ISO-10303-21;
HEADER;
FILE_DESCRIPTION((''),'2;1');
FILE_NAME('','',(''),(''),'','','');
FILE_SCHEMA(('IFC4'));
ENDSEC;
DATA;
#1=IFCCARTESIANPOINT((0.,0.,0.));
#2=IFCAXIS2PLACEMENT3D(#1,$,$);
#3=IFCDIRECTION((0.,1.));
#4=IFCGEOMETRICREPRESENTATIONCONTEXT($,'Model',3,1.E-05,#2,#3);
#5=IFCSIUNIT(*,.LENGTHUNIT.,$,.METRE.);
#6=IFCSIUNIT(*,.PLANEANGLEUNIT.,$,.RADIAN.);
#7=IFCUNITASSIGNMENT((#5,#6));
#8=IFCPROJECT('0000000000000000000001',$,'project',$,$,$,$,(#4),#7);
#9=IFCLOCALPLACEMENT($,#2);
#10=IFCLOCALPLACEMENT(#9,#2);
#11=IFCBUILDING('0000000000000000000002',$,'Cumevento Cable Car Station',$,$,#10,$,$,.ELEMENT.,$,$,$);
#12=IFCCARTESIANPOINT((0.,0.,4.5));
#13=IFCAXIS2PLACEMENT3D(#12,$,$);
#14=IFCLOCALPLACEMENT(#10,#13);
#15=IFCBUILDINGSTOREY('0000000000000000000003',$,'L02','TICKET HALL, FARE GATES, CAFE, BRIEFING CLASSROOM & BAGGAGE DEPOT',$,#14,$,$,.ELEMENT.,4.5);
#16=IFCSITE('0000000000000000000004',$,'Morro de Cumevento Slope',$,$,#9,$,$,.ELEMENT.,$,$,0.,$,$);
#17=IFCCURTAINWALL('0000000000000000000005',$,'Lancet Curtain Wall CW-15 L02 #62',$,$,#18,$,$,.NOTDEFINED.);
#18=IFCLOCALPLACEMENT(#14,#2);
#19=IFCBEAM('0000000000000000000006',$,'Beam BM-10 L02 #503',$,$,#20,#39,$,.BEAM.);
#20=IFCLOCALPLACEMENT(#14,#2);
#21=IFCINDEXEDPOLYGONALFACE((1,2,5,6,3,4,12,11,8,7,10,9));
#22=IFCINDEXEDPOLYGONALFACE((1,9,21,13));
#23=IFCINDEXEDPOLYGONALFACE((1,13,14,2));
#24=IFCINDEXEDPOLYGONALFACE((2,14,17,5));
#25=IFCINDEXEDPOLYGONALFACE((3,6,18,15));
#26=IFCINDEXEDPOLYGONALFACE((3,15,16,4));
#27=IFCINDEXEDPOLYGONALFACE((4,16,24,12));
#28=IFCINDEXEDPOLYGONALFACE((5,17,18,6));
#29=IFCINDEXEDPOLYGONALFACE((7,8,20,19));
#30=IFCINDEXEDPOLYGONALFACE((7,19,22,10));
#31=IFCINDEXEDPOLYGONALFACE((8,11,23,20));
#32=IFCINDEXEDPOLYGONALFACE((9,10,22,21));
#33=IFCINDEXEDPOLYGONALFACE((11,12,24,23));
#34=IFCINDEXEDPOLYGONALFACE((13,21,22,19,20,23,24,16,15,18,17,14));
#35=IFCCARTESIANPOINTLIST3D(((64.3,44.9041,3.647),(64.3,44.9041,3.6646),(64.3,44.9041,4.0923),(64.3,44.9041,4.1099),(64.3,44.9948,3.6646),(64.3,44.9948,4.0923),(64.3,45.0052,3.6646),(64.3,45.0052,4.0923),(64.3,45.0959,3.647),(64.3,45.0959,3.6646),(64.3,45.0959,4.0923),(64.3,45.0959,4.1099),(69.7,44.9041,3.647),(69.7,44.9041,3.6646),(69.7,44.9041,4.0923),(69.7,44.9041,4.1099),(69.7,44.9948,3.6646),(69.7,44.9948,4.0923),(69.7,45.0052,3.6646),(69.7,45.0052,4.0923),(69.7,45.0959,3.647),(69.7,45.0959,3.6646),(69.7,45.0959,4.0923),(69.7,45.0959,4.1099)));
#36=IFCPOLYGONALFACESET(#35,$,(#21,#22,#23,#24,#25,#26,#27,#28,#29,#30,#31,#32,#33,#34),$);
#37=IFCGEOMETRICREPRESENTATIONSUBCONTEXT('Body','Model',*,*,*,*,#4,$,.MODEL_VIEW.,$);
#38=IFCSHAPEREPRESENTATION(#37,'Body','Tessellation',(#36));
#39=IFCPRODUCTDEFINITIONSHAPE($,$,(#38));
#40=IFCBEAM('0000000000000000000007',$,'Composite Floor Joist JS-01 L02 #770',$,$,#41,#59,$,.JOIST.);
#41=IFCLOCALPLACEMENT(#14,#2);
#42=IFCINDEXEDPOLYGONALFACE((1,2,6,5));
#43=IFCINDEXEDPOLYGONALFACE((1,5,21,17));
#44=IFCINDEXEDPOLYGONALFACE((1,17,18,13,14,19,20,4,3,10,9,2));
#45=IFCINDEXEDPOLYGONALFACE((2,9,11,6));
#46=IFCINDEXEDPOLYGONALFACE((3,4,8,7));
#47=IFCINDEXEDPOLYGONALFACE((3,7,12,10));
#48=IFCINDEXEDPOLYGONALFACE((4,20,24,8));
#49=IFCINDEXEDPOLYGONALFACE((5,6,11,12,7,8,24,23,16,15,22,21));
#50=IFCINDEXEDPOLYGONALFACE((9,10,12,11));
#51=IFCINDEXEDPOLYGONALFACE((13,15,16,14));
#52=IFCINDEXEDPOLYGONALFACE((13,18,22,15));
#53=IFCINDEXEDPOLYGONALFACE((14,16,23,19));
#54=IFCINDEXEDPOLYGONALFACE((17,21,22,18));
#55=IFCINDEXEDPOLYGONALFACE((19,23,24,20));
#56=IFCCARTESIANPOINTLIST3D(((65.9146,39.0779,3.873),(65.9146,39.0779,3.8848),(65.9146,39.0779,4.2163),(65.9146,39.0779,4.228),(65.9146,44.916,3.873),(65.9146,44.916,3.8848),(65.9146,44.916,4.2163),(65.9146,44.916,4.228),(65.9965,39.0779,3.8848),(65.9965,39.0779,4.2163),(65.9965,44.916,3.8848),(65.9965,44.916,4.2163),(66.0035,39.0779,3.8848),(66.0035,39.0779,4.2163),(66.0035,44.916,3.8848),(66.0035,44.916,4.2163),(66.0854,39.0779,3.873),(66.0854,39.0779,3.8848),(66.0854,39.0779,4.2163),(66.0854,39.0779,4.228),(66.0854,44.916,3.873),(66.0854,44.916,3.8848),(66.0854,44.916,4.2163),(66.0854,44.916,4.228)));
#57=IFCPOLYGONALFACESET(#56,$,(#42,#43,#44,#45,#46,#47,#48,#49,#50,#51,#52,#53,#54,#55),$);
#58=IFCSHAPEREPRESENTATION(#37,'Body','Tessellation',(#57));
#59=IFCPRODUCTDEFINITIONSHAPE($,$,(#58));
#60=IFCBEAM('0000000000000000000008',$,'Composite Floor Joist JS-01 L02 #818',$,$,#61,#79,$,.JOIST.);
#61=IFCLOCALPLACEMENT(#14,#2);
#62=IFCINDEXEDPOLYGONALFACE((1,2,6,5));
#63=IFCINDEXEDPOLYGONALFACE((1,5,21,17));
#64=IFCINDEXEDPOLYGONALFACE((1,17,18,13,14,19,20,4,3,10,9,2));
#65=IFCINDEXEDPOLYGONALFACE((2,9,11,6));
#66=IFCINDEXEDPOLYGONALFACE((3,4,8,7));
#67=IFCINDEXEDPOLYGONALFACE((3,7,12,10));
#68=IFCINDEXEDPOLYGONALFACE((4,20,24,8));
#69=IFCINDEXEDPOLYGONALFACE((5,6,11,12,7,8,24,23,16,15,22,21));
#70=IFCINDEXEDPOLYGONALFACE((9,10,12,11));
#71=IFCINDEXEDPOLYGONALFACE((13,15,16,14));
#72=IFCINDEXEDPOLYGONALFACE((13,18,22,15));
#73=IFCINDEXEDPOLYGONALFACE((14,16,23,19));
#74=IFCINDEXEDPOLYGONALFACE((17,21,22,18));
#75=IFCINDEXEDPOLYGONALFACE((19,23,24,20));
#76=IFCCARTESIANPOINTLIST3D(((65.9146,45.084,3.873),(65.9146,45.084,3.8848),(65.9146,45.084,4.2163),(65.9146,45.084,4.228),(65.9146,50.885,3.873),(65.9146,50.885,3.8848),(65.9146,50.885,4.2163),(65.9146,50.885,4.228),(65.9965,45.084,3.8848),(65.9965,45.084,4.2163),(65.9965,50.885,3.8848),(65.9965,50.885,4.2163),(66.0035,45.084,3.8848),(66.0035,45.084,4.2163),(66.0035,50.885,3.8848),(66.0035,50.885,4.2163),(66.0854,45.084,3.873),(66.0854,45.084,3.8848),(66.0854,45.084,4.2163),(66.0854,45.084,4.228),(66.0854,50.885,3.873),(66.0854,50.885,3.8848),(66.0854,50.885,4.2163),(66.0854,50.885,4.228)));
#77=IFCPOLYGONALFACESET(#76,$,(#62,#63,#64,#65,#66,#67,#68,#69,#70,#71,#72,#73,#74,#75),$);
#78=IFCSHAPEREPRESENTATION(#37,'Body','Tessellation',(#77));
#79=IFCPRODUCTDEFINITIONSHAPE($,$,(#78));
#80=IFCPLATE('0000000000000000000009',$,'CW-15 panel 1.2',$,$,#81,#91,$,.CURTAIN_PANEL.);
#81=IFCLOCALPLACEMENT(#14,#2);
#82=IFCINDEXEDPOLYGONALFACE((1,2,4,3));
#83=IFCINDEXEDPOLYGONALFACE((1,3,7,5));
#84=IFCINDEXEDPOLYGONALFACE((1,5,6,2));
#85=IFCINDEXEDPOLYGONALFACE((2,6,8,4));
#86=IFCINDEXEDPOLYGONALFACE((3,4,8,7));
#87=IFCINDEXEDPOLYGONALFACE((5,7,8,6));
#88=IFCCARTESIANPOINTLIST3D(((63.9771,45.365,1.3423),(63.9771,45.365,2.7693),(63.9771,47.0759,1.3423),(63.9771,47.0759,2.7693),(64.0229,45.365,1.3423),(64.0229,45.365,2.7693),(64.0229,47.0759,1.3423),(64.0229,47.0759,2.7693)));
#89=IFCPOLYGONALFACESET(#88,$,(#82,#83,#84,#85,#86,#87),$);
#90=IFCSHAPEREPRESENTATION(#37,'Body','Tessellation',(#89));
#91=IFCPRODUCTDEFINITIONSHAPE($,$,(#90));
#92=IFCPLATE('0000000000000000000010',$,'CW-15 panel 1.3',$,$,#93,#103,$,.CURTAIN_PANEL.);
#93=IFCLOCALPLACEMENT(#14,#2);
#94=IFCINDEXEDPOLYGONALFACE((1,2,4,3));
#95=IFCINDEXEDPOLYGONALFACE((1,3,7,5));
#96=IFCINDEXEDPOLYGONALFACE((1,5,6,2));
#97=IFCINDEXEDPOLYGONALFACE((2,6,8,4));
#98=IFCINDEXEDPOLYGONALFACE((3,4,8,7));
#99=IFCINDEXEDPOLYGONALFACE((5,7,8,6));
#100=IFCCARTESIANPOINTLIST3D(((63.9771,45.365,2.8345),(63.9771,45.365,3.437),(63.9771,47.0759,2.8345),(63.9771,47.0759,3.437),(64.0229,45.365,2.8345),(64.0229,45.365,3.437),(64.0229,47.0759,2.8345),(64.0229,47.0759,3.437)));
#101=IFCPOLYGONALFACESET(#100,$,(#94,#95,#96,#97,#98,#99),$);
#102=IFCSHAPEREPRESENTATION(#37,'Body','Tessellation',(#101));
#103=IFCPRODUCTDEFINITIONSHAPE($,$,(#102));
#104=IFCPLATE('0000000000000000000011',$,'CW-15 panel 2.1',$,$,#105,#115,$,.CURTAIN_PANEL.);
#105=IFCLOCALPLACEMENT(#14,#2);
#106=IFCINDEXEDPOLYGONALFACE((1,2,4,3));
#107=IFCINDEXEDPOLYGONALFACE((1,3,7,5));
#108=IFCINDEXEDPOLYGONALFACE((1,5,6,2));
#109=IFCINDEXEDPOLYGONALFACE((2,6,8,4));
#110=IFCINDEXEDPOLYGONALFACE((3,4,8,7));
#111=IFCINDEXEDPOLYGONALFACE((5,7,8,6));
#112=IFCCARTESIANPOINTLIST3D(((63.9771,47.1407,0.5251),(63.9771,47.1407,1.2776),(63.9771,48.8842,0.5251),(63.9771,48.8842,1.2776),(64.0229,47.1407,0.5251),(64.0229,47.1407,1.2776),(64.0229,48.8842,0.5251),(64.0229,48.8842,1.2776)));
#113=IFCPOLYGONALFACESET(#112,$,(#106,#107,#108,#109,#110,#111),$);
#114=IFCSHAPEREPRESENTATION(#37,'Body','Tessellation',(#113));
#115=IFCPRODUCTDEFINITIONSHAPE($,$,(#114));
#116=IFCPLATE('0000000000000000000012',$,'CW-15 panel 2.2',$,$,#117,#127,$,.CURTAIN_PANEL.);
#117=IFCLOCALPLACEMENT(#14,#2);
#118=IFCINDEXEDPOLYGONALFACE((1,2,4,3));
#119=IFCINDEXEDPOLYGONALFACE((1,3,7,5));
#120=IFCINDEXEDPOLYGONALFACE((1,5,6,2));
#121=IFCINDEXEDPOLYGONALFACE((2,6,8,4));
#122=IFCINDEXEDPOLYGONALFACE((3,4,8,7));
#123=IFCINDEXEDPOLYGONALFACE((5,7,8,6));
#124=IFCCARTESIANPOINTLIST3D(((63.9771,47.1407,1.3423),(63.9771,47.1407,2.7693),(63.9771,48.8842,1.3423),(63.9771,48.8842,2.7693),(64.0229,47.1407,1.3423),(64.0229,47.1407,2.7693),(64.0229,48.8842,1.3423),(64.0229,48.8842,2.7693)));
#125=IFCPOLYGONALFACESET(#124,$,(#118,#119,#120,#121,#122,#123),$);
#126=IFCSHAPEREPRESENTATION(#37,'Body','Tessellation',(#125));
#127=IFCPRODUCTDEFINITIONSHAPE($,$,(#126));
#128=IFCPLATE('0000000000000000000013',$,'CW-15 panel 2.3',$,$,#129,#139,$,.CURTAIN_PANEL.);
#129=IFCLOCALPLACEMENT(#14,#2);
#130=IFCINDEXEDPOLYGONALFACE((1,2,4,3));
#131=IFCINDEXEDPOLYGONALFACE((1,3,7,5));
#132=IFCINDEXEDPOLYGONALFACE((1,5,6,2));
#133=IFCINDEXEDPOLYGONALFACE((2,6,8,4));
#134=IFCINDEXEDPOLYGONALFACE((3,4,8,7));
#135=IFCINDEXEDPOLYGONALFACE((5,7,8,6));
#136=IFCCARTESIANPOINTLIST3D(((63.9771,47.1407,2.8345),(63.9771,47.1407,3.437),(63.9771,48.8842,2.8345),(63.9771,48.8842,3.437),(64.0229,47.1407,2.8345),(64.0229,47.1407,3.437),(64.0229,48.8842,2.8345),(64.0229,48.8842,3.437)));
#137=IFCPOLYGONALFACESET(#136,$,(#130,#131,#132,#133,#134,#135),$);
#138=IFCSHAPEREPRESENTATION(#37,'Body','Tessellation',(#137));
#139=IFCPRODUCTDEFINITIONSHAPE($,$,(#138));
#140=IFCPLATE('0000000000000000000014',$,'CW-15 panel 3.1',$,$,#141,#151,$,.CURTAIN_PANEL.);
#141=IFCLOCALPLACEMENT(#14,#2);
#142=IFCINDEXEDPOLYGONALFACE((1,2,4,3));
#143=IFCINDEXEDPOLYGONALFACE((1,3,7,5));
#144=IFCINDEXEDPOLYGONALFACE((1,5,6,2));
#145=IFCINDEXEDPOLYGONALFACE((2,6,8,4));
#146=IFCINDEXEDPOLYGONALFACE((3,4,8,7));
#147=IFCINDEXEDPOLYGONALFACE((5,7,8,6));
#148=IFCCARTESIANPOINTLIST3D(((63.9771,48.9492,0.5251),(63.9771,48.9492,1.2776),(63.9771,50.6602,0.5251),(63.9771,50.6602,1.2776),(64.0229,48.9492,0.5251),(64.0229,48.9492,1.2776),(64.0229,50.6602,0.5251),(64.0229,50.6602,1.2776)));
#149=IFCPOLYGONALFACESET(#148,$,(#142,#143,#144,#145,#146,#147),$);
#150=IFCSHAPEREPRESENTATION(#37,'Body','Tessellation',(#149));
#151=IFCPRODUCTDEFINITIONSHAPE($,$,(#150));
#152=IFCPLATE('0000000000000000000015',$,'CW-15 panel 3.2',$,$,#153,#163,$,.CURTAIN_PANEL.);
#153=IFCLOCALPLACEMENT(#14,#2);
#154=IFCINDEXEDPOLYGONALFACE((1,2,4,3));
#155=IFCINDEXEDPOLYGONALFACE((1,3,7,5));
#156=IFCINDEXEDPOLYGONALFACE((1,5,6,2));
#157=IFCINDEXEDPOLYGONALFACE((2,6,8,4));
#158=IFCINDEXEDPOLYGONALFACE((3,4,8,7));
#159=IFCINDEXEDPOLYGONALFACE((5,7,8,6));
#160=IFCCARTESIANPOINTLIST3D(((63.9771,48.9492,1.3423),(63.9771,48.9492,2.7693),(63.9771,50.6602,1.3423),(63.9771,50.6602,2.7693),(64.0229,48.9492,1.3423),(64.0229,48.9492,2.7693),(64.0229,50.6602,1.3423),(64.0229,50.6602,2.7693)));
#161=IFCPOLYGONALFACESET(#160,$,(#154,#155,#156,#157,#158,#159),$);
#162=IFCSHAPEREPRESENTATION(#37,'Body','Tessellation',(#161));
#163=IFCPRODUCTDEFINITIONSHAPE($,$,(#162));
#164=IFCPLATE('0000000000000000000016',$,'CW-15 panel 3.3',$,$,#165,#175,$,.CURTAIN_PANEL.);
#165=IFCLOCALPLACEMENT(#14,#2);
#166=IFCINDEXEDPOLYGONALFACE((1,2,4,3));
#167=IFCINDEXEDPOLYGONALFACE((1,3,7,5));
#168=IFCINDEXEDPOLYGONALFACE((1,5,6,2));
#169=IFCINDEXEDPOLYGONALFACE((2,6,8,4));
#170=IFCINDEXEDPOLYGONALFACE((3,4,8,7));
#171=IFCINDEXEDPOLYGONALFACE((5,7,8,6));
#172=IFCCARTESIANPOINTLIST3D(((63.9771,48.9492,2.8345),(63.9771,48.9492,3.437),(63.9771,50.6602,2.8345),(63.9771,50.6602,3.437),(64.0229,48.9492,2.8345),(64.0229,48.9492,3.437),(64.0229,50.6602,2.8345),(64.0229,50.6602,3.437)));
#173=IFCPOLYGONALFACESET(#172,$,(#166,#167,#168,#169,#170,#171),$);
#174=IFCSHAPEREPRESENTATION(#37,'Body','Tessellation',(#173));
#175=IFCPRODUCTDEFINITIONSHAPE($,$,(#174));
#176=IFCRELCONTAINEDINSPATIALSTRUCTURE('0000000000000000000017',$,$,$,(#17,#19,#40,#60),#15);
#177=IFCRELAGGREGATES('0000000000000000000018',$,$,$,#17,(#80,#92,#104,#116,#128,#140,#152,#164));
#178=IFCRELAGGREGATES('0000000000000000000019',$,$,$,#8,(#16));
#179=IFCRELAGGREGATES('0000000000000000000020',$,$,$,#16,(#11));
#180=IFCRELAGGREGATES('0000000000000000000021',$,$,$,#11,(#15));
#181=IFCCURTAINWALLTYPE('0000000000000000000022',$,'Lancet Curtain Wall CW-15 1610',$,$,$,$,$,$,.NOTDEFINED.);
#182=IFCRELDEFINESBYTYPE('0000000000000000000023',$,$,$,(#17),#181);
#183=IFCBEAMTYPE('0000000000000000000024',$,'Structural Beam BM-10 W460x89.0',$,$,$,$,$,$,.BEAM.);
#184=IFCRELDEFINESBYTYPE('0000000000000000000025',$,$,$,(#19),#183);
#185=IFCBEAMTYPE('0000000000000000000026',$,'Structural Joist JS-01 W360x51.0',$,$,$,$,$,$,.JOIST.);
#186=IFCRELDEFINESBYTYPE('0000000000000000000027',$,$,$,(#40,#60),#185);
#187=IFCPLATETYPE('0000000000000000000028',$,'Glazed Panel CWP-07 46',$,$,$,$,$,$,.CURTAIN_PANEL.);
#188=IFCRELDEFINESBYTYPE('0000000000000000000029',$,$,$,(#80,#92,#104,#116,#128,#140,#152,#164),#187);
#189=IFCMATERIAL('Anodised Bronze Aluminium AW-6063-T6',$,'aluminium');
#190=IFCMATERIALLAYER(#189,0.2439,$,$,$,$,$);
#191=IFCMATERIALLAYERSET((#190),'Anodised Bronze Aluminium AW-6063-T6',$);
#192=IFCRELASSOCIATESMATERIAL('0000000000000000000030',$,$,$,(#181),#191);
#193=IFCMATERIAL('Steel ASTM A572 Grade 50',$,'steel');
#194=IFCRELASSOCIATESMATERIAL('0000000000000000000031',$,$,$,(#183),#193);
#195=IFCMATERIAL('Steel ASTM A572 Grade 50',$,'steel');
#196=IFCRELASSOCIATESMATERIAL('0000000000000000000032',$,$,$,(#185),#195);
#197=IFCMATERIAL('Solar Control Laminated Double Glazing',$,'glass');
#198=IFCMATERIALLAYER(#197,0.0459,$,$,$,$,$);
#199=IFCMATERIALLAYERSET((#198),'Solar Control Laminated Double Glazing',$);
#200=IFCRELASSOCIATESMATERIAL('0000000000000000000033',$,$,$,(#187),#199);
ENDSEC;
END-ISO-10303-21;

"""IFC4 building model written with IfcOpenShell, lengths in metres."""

from ifc_helpers import new_model, si_unit, direction, frame, origin, origin_2d, place, context, subcontext, project, spatial, rectangle, i_section, extrude, material, layer, layer_set, material_profile, profile_set, type_object, element, aggregate, save


model = new_model("IFC4")

# Units and contexts
model_context = context("Model", 3, precision=1e-05, world=origin(), true_north=direction((0.0, 1.0)))
body_context = subcontext(model_context, "Body", "Model", "MODEL_VIEW")
ifc_project = project(units=[si_unit("LENGTHUNIT", "METRE"), si_unit("PLANEANGLEUNIT", "RADIAN")], contexts=[model_context])

# Site, building, storey
site_placement = place(None, origin())
site = spatial("IfcSite", under=ifc_project, at=site_placement, Name="Morro de Cumevento Slope", CompositionType="ELEMENT", RefElevation=0.0)
building_placement = place(site_placement, origin())
building = spatial("IfcBuilding", under=site, at=building_placement, Name="Cumevento Cable Car Station", CompositionType="ELEMENT")
storey_placement = place(building_placement, frame((0.0, 0.0, 4.5)))
storey = spatial("IfcBuildingStorey", under=building, at=storey_placement, Name="L02", Description="TICKET HALL, FARE GATES, CAFE, BRIEFING CLASSROOM & BAGGAGE DEPOT", CompositionType="ELEMENT", Elevation=4.5)

# Curtain wall
ifc_material_1 = material(Name="Anodised Bronze Aluminium AW-6063-T6", Category="aluminium")
ifc_layer_1 = layer(ifc_material_1, 0.2439)
ifc_layer_set_1 = layer_set([ifc_layer_1], Name="Anodised Bronze Aluminium AW-6063-T6")
curtain_wall_type = type_object("IfcCurtainWallType", Name="Lancet Curtain Wall CW-15 1610", PredefinedType="NOTDEFINED", material=ifc_layer_set_1)
curtain_wall_placement = place(storey_placement, origin())
curtain_wall = element("IfcCurtainWall", 1, at=curtain_wall_placement, inside=storey, type_object=curtain_wall_type, Name="Lancet Curtain Wall CW-15 L02 #62", PredefinedType="NOTDEFINED")

# Beams
ifc_material_2 = material(Name="Steel ASTM A572 Grade 50", Category="steel")
ifc_material_profile_1 = material_profile(ifc_material_2, i_section(OverallWidth=0.1919, OverallDepth=0.4629, WebThickness=0.0105, FlangeThickness=0.0176, at=origin_2d()), Name="W460x89.0")
ifc_profile_set_1 = profile_set([ifc_material_profile_1], Name="Steel ASTM A572 Grade 50")
beam_type_1 = type_object("IfcBeamType", Name="Structural Beam BM-10 W460x89.0", PredefinedType="BEAM", material=ifc_profile_set_1)
beam_1_placement = place(storey_placement, frame((64.3, 45.0, 3.8784), z_axis=(1.0, 0.0, 0.0), x_axis=(0.0, 1.0, 0.0)))
element("IfcBeam", 2, at=beam_1_placement, inside=storey, type_object=beam_type_1, Name="Beam BM-10 L02 #503", PredefinedType="BEAM", context=body_context, shape_type="SweptSolid", body=[
    extrude(i_section(OverallWidth=0.1919, OverallDepth=0.4629, WebThickness=0.0105, FlangeThickness=0.0176, at=origin_2d()), origin(), (0.0, 0.0, 1.0), 5.3999),
])
ifc_material_3 = material(Name="Steel ASTM A572 Grade 50", Category="steel")
ifc_material_profile_2 = material_profile(ifc_material_3, i_section(OverallWidth=0.1709, OverallDepth=0.355, WebThickness=0.0071, FlangeThickness=0.0117, at=origin_2d()), Name="W360x51.0")
ifc_profile_set_2 = profile_set([ifc_material_profile_2], Name="Steel ASTM A572 Grade 50")
beam_type_2 = type_object("IfcBeamType", Name="Structural Joist JS-01 W360x51.0", PredefinedType="JOIST", material=ifc_profile_set_2)
beam_2_placement = place(storey_placement, frame((66.0, 39.0779, 4.0505), z_axis=(0.0, 1.0, 0.0), x_axis=(-1.0, 0.0, 0.0)))
element("IfcBeam", 3, at=beam_2_placement, inside=storey, type_object=beam_type_2, Name="Composite Floor Joist JS-01 L02 #770", PredefinedType="JOIST", context=body_context, shape_type="SweptSolid", body=[
    extrude(i_section(OverallWidth=0.1709, OverallDepth=0.355, WebThickness=0.0071, FlangeThickness=0.0117, at=origin_2d()), origin(), (0.0, 0.0, 1.0), 5.8381),
])
beam_3_placement = place(storey_placement, frame((66.0, 45.084, 4.0505), z_axis=(0.0, 1.0, 0.0), x_axis=(-1.0, 0.0, 0.0)))
element("IfcBeam", 4, at=beam_3_placement, inside=storey, type_object=beam_type_2, Name="Composite Floor Joist JS-01 L02 #818", PredefinedType="JOIST", context=body_context, shape_type="SweptSolid", body=[
    extrude(i_section(OverallWidth=0.1709, OverallDepth=0.355, WebThickness=0.0071, FlangeThickness=0.0117, at=origin_2d()), origin(), (0.0, 0.0, 1.0), 5.801),
])

# Plates
ifc_material_4 = material(Name="Solar Control Laminated Double Glazing", Category="glass")
ifc_layer_2 = layer(ifc_material_4, 0.0459)
ifc_layer_set_2 = layer_set([ifc_layer_2], Name="Solar Control Laminated Double Glazing")
plate_type = type_object("IfcPlateType", Name="Glazed Panel CWP-07 46", PredefinedType="CURTAIN_PANEL", material=ifc_layer_set_2)
plate_1_placement = place(storey_placement, frame((64.0, 46.2205, 1.3423), z_axis=(0.0, 0.0, 1.0), x_axis=(0.0, 1.0, 0.0)))
plate_1 = element("IfcPlate", 5, at=plate_1_placement, type_object=plate_type, Name="CW-15 panel 1.2", PredefinedType="CURTAIN_PANEL", context=body_context, shape_type="SweptSolid", body=[
    extrude(rectangle(XDim=1.7109, YDim=0.0459, at=origin_2d()), origin(), (0.0, 0.0, 1.0), 1.427),
])
plate_2_placement = place(storey_placement, frame((64.0, 46.2205, 2.8345), z_axis=(0.0, 0.0, 1.0), x_axis=(0.0, 1.0, 0.0)))
plate_2 = element("IfcPlate", 6, at=plate_2_placement, type_object=plate_type, Name="CW-15 panel 1.3", PredefinedType="CURTAIN_PANEL", context=body_context, shape_type="SweptSolid", body=[
    extrude(rectangle(XDim=1.7109, YDim=0.0459, at=origin_2d()), origin(), (0.0, 0.0, 1.0), 0.6025),
])
plate_3_placement = place(storey_placement, frame((64.0, 48.0125, 0.5251), z_axis=(0.0, 0.0, 1.0), x_axis=(0.0, 1.0, 0.0)))
plate_3 = element("IfcPlate", 7, at=plate_3_placement, type_object=plate_type, Name="CW-15 panel 2.1", PredefinedType="CURTAIN_PANEL", context=body_context, shape_type="SweptSolid", body=[
    extrude(rectangle(XDim=1.7434, YDim=0.0459, at=origin_2d()), origin(), (0.0, 0.0, 1.0), 0.7524),
])
plate_4_placement = place(storey_placement, frame((64.0, 48.0125, 1.3423), z_axis=(0.0, 0.0, 1.0), x_axis=(0.0, 1.0, 0.0)))
plate_4 = element("IfcPlate", 8, at=plate_4_placement, type_object=plate_type, Name="CW-15 panel 2.2", PredefinedType="CURTAIN_PANEL", context=body_context, shape_type="SweptSolid", body=[
    extrude(rectangle(XDim=1.7434, YDim=0.0459, at=origin_2d()), origin(), (0.0, 0.0, 1.0), 1.427),
])
plate_5_placement = place(storey_placement, frame((64.0, 48.0125, 2.8345), z_axis=(0.0, 0.0, 1.0), x_axis=(0.0, 1.0, 0.0)))
plate_5 = element("IfcPlate", 9, at=plate_5_placement, type_object=plate_type, Name="CW-15 panel 2.3", PredefinedType="CURTAIN_PANEL", context=body_context, shape_type="SweptSolid", body=[
    extrude(rectangle(XDim=1.7434, YDim=0.0459, at=origin_2d()), origin(), (0.0, 0.0, 1.0), 0.6025),
])
plate_6_placement = place(storey_placement, frame((64.0, 49.8047, 0.5251), z_axis=(0.0, 0.0, 1.0), x_axis=(0.0, 1.0, 0.0)))
plate_6 = element("IfcPlate", 10, at=plate_6_placement, type_object=plate_type, Name="CW-15 panel 3.1", PredefinedType="CURTAIN_PANEL", context=body_context, shape_type="SweptSolid", body=[
    extrude(rectangle(XDim=1.7109, YDim=0.0459, at=origin_2d()), origin(), (0.0, 0.0, 1.0), 0.7524),
])
plate_7_placement = place(storey_placement, frame((64.0, 49.8047, 1.3423), z_axis=(0.0, 0.0, 1.0), x_axis=(0.0, 1.0, 0.0)))
plate_7 = element("IfcPlate", 11, at=plate_7_placement, type_object=plate_type, Name="CW-15 panel 3.2", PredefinedType="CURTAIN_PANEL", context=body_context, shape_type="SweptSolid", body=[
    extrude(rectangle(XDim=1.7109, YDim=0.0459, at=origin_2d()), origin(), (0.0, 0.0, 1.0), 1.427),
])
plate_8_placement = place(storey_placement, frame((64.0, 49.8047, 2.8345), z_axis=(0.0, 0.0, 1.0), x_axis=(0.0, 1.0, 0.0)))
plate_8 = element("IfcPlate", 12, at=plate_8_placement, type_object=plate_type, Name="CW-15 panel 3.3", PredefinedType="CURTAIN_PANEL", context=body_context, shape_type="SweptSolid", body=[
    extrude(rectangle(XDim=1.7109, YDim=0.0459, at=origin_2d()), origin(), (0.0, 0.0, 1.0), 0.6025),
])
aggregate(curtain_wall, [plate_1, plate_2, plate_3, plate_4, plate_5, plate_6, plate_7, plate_8])

save(model, "model.ifc")
